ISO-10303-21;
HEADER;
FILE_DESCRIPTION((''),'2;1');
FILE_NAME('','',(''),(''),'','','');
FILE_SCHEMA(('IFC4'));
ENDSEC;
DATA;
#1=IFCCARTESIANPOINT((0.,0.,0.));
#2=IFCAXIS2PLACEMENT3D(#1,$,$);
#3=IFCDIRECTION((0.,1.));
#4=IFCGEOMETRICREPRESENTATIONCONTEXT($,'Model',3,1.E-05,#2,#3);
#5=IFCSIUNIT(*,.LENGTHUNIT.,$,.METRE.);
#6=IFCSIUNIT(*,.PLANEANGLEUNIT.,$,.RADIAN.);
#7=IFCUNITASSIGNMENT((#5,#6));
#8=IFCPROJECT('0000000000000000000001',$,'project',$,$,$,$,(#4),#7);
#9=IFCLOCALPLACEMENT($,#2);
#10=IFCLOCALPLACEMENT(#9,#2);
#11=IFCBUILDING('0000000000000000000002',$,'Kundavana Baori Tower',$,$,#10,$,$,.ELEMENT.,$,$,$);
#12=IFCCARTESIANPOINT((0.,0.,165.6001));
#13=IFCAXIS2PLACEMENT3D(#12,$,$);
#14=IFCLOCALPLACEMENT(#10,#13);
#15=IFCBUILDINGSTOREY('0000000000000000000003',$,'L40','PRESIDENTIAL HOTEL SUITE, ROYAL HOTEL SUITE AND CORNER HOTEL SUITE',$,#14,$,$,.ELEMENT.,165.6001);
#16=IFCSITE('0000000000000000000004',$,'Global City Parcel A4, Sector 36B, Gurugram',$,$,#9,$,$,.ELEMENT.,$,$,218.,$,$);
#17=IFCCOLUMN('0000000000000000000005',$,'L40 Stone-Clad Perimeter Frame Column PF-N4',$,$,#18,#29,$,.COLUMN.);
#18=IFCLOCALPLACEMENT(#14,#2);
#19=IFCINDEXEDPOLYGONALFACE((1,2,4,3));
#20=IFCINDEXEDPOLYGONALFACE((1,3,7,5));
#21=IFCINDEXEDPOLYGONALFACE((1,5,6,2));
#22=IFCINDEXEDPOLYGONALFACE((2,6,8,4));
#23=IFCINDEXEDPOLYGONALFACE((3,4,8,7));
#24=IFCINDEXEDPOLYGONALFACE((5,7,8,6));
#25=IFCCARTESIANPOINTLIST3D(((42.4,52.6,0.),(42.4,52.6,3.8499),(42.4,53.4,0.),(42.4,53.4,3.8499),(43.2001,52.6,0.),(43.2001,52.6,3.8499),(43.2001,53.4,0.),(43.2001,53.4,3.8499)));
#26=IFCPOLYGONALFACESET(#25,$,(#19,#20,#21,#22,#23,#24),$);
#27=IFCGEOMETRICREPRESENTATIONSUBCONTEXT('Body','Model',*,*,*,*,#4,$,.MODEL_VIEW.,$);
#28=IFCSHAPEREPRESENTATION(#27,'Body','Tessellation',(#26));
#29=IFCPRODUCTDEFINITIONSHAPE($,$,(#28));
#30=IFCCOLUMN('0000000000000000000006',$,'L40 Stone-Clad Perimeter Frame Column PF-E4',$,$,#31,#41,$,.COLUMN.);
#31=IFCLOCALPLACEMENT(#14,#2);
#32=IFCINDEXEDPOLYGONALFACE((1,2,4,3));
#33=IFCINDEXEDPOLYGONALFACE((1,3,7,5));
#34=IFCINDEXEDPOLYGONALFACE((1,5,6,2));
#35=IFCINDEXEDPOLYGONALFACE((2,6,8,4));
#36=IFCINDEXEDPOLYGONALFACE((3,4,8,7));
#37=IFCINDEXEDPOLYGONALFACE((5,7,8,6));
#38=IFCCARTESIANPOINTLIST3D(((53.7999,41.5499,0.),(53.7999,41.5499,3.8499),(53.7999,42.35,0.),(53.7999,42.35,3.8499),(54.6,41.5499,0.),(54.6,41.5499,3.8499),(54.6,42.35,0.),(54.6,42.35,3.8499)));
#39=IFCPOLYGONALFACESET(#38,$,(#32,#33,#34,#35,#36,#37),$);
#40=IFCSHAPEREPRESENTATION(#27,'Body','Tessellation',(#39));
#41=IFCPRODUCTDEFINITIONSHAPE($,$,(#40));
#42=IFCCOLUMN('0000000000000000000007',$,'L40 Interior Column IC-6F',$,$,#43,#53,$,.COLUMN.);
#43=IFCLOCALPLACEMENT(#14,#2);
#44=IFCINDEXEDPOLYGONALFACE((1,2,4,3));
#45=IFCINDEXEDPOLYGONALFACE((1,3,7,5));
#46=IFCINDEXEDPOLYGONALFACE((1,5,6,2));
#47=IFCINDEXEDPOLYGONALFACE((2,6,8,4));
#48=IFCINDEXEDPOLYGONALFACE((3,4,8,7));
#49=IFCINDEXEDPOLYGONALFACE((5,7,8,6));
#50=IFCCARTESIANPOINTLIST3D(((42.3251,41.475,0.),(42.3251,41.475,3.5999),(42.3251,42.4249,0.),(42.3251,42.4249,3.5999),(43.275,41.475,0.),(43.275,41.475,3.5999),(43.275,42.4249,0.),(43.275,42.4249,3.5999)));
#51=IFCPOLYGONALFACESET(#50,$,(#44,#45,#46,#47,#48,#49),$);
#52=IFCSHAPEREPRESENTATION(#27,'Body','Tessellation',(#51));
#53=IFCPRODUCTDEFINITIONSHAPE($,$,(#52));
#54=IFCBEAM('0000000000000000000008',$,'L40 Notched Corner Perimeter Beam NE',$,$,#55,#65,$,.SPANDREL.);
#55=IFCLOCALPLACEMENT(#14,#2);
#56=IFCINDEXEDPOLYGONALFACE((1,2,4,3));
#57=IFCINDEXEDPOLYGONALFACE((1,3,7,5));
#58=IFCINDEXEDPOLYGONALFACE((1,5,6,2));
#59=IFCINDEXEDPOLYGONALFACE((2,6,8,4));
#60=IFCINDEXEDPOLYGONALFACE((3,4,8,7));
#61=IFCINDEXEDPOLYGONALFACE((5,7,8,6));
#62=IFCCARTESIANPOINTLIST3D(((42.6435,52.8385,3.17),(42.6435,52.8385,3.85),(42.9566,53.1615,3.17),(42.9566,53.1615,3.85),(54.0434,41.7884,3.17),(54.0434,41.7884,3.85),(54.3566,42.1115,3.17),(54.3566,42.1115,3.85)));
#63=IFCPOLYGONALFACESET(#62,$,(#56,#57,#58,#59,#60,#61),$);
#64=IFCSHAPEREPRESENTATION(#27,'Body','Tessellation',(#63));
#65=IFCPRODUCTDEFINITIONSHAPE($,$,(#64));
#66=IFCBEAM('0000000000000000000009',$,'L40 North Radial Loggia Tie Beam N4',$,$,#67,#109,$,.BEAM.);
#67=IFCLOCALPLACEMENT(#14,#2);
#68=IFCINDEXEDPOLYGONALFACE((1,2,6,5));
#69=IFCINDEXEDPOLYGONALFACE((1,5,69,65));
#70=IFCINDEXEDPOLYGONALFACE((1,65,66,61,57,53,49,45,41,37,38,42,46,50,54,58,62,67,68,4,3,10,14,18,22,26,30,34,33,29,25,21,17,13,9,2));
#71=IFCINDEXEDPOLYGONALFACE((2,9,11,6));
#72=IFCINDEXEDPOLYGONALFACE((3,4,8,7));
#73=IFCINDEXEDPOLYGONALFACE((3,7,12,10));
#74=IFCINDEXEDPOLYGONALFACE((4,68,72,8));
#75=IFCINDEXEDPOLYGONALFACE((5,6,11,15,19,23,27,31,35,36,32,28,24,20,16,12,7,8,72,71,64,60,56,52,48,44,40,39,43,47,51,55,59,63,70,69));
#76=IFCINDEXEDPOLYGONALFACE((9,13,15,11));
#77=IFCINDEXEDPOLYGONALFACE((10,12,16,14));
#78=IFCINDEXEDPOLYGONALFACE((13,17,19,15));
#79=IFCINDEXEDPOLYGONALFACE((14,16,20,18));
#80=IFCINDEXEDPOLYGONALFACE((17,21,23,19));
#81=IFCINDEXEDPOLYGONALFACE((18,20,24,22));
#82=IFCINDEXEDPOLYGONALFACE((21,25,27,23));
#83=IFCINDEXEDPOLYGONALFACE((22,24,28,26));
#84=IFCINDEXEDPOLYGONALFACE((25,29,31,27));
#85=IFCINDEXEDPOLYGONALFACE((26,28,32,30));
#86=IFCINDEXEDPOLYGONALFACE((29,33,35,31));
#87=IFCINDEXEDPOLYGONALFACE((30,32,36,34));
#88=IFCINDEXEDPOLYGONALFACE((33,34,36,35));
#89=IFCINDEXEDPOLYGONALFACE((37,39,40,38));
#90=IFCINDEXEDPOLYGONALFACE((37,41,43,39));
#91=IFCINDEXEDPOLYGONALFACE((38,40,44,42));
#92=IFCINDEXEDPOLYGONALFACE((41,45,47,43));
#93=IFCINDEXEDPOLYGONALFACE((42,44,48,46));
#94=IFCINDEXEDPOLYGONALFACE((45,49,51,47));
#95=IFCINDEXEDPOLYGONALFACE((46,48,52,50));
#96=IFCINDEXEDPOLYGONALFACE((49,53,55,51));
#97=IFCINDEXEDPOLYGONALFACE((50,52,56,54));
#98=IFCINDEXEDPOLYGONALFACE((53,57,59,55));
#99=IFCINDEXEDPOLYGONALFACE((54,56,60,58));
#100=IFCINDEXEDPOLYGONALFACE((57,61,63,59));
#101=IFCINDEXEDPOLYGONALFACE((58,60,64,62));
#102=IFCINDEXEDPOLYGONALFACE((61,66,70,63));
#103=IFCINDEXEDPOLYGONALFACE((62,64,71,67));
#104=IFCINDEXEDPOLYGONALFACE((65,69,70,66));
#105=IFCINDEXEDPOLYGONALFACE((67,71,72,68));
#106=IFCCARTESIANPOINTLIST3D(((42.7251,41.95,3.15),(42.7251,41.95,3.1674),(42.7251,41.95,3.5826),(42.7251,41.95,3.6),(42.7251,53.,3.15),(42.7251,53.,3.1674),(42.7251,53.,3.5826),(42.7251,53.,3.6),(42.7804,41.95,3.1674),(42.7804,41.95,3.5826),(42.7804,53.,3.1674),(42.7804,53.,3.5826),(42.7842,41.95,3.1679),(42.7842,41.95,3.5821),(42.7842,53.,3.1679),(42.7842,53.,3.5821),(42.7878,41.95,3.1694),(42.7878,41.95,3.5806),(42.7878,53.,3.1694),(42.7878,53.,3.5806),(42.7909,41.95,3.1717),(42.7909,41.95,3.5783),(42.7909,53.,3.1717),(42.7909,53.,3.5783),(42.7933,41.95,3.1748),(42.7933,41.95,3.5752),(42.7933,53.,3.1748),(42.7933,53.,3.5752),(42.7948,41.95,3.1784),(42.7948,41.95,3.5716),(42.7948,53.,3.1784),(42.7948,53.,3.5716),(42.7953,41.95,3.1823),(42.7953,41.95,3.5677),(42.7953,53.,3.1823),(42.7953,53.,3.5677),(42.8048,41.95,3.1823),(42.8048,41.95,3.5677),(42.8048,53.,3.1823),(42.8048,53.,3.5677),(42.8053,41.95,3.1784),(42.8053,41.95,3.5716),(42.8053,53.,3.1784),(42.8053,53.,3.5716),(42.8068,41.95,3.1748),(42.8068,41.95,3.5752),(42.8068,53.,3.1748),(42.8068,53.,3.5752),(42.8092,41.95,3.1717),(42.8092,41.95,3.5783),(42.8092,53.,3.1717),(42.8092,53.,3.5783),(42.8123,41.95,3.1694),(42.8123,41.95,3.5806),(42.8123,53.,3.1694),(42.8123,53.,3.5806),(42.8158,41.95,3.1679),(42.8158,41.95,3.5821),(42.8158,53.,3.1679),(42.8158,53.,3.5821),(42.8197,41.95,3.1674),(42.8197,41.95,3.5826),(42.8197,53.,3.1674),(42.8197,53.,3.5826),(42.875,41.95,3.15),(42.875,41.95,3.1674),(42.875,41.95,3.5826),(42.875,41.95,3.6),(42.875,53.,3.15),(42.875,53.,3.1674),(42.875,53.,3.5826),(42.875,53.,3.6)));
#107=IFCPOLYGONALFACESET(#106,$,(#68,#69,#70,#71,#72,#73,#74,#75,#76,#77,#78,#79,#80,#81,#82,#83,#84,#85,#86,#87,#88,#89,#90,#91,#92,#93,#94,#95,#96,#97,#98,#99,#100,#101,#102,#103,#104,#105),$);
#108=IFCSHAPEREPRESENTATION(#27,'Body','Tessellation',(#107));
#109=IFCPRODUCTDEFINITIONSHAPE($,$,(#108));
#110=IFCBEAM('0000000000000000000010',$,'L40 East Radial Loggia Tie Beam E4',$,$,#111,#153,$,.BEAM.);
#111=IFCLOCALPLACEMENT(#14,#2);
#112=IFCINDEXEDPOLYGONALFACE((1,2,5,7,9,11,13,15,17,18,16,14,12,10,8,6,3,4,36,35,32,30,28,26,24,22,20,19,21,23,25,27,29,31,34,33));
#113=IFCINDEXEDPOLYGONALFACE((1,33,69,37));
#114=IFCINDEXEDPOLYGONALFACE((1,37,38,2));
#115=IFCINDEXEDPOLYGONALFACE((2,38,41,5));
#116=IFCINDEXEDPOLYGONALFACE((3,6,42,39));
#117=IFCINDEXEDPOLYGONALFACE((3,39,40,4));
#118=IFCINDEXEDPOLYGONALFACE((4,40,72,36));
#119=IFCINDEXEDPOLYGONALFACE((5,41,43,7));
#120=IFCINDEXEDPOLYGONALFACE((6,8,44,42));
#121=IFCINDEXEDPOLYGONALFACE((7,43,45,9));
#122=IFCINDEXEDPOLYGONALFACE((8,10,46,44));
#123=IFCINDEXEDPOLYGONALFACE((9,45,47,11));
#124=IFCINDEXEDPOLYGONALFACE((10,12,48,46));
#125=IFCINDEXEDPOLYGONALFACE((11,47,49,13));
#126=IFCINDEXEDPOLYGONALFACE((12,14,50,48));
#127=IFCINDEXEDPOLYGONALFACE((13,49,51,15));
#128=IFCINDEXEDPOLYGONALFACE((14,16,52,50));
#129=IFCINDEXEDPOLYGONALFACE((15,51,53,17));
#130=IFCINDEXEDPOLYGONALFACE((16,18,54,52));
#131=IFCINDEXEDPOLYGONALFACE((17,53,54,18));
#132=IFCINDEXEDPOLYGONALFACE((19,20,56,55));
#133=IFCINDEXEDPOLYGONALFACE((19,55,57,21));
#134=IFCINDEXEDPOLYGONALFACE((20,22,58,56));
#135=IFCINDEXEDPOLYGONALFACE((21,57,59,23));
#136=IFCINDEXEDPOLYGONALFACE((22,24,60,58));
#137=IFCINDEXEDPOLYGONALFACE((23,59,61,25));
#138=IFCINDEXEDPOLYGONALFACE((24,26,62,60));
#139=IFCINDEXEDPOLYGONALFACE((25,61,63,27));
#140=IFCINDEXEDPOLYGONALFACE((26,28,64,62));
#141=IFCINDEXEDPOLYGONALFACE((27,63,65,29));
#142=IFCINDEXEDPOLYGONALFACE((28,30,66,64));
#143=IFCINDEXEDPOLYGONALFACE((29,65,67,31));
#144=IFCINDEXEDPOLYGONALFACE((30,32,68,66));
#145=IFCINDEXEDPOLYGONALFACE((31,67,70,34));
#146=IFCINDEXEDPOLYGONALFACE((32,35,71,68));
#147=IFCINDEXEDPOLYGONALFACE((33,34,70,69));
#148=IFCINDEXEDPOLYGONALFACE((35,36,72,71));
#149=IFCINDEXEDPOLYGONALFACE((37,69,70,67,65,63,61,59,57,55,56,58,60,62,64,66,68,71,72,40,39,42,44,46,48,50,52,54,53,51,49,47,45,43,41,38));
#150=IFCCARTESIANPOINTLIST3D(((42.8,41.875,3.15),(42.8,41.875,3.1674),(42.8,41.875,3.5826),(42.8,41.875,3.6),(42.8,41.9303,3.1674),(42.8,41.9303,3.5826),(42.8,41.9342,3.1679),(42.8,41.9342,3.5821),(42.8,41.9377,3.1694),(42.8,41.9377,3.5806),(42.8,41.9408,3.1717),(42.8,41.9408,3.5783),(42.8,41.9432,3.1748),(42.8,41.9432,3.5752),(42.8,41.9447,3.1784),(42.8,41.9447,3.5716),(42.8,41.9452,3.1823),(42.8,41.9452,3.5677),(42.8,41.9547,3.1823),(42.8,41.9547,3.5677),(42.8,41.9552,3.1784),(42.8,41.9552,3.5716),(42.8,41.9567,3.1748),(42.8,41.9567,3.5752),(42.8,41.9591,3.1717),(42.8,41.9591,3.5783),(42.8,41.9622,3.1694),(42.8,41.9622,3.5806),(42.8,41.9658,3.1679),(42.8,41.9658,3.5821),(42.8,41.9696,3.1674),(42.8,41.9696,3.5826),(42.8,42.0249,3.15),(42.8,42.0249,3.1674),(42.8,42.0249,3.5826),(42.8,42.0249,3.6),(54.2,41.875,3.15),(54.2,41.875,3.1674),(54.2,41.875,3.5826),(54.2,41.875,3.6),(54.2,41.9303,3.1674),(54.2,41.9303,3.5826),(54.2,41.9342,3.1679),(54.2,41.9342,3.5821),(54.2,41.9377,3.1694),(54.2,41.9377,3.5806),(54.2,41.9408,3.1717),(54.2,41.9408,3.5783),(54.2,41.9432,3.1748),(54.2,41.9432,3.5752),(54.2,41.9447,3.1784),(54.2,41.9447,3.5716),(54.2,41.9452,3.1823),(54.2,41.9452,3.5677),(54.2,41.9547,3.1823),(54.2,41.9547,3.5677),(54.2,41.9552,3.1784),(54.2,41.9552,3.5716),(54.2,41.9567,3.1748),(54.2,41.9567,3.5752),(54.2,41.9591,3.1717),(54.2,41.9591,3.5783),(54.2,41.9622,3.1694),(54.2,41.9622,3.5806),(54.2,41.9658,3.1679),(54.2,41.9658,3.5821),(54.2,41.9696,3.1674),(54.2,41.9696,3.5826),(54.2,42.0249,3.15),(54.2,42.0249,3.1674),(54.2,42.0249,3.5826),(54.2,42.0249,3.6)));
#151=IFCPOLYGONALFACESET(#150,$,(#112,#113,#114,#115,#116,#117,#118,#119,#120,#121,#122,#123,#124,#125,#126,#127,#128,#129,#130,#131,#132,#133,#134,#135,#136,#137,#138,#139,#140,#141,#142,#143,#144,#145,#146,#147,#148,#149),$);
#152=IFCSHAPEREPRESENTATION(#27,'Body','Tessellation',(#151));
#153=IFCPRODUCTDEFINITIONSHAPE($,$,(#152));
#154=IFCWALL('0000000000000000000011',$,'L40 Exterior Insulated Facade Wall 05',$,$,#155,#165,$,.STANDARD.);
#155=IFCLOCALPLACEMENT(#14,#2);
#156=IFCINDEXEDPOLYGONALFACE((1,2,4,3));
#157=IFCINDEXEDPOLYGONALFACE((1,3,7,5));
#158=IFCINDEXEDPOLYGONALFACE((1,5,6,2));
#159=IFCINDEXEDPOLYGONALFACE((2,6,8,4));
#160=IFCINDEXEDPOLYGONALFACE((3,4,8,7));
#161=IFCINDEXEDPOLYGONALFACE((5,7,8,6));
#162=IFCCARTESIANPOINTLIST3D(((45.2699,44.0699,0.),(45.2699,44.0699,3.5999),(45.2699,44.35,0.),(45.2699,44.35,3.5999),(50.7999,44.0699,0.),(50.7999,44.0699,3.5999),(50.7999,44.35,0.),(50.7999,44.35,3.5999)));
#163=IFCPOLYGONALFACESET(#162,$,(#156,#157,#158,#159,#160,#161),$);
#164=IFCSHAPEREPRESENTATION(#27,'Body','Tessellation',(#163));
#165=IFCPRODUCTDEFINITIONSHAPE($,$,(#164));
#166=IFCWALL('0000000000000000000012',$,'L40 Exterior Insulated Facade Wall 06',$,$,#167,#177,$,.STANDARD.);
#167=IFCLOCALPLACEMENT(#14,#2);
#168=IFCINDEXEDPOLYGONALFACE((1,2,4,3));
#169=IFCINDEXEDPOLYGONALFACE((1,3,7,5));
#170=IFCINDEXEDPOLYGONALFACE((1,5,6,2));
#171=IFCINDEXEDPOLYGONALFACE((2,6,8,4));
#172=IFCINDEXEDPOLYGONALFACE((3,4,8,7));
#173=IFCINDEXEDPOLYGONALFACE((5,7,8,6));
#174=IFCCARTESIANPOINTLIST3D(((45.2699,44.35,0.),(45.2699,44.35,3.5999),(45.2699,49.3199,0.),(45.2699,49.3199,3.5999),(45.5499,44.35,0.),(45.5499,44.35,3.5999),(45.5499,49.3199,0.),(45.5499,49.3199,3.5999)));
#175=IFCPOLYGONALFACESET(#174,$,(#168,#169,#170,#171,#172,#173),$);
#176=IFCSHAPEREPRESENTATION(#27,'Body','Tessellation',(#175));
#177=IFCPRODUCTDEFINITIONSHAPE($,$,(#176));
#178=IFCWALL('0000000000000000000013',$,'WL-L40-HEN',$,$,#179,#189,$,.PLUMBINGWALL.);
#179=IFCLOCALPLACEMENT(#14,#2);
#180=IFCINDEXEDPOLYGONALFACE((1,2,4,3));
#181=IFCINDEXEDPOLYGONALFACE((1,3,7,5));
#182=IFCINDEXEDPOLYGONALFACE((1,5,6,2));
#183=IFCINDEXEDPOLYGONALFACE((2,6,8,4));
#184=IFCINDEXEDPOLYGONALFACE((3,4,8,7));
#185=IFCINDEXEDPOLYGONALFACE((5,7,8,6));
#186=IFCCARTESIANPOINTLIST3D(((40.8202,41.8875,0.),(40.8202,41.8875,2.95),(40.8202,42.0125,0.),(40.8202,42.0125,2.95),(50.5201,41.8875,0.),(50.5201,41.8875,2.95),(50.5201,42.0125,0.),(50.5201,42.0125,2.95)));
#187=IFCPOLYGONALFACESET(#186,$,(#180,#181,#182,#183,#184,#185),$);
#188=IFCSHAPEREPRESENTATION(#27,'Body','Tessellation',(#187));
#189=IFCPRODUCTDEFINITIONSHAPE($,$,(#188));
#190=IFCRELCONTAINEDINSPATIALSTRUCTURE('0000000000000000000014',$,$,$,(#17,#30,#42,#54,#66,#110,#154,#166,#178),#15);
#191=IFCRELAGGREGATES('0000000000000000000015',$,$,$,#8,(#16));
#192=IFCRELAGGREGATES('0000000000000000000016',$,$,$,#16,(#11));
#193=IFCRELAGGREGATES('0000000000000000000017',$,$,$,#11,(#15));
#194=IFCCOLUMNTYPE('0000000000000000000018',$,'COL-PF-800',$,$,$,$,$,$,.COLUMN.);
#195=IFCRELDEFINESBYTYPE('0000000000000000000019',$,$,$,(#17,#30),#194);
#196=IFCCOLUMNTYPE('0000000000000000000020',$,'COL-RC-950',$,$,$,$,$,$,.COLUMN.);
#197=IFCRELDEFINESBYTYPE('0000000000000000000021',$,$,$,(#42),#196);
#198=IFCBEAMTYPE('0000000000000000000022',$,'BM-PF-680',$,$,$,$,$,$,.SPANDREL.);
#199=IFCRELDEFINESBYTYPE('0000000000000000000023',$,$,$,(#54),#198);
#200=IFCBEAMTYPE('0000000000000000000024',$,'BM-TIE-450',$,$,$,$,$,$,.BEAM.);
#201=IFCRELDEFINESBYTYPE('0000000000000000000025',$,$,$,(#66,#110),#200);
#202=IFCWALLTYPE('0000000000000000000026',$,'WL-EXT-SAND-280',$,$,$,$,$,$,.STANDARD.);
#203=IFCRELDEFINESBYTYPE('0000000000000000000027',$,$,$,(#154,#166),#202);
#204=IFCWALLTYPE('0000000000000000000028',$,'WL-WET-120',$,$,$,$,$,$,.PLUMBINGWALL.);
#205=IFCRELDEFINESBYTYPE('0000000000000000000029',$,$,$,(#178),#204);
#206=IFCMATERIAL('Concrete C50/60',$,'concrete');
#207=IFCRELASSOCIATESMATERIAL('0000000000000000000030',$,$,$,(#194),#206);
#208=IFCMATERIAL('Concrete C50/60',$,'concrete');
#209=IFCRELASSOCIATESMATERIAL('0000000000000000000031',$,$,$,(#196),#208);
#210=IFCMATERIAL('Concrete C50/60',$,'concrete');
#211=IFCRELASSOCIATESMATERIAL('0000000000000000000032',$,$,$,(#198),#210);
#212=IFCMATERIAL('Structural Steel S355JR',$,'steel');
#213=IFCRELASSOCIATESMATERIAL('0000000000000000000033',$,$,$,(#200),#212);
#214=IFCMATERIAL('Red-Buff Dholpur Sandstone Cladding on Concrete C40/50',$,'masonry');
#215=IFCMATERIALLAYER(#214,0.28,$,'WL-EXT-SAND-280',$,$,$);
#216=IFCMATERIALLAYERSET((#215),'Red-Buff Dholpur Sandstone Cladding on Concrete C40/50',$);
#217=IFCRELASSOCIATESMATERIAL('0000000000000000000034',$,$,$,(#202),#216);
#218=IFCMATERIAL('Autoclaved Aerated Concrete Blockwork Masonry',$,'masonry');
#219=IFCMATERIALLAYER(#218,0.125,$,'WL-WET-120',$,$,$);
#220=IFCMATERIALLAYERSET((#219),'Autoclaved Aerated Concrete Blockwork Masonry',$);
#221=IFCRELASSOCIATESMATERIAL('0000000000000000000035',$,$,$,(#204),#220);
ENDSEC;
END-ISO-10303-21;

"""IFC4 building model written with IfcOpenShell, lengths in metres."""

from ifc_helpers import new_model, si_unit, direction, frame, frame_2d, origin, origin_2d, place, context, subcontext, project, spatial, rectangle, i_section, extrude, material, layer, layer_set, material_profile, profile_set, type_object, element, save


model = new_model("IFC4")

# Units and contexts
model_context = context("Model", 3, precision=1e-05, world=origin(), true_north=direction((0.0, 1.0)))
body_context = subcontext(model_context, "Body", "Model", "MODEL_VIEW")
ifc_project = project(units=[si_unit("LENGTHUNIT", "METRE"), si_unit("PLANEANGLEUNIT", "RADIAN")], contexts=[model_context])

# Site, building, storey
site_placement = place(None, origin())
site = spatial("IfcSite", under=ifc_project, at=site_placement, Name="Global City Parcel A4, Sector 36B, Gurugram", CompositionType="ELEMENT", RefElevation=218.0)
building_placement = place(site_placement, origin())
building = spatial("IfcBuilding", under=site, at=building_placement, Name="Kundavana Baori Tower", CompositionType="ELEMENT")
storey_placement = place(building_placement, frame((0.0, 0.0, 165.6001)))
storey = spatial("IfcBuildingStorey", under=building, at=storey_placement, Name="L40", Description="PRESIDENTIAL HOTEL SUITE, ROYAL HOTEL SUITE AND CORNER HOTEL SUITE", CompositionType="ELEMENT", Elevation=165.6001)

# Columns
ifc_material_1 = material(Name="Concrete C50/60", Category="concrete")
ifc_material_profile_1 = material_profile(ifc_material_1, rectangle(XDim=0.8, YDim=0.8, at=origin_2d()), Name="RC PF 800x800")
ifc_profile_set_1 = profile_set([ifc_material_profile_1], Name="Concrete C50/60")
column_type_1 = type_object("IfcColumnType", Name="COL-PF-800", PredefinedType="COLUMN", material=ifc_profile_set_1)
for number, where, z_axis, x_axis, name in (
    (1, (42.8, 53.0, 0.0), (0.0, 0.0, 1.0), (1.0, 0.0, 0.0), "L40 Stone-Clad Perimeter Frame Column PF-N4"),
    (2, (54.2, 41.95, 0.0), (0.0, 0.0, 1.0), (1.0, 0.0, 0.0), "L40 Stone-Clad Perimeter Frame Column PF-E4"),
):
    element("IfcColumn", number, at=place(storey_placement, frame(where, z_axis=z_axis, x_axis=x_axis)), inside=storey, type_object=column_type_1, Name=name, PredefinedType="COLUMN", context=body_context, shape_type="SweptSolid", body=[
        extrude(rectangle(XDim=0.8, YDim=0.8, at=origin_2d()), origin(), (0.0, 0.0, 1.0), 3.8499),
    ])
ifc_material_2 = material(Name="Concrete C50/60", Category="concrete")
ifc_material_profile_2 = material_profile(ifc_material_2, rectangle(XDim=0.95, YDim=0.95, at=origin_2d()), Name="RC 950x950")
ifc_profile_set_2 = profile_set([ifc_material_profile_2], Name="Concrete C50/60")
column_type_2 = type_object("IfcColumnType", Name="COL-RC-950", PredefinedType="COLUMN", material=ifc_profile_set_2)
column_placement = place(storey_placement, frame((42.8, 41.95, 0.0), z_axis=(0.0, 0.0, 1.0), x_axis=(1.0, 0.0, 0.0)))
element("IfcColumn", 3, at=column_placement, inside=storey, type_object=column_type_2, Name="L40 Interior Column IC-6F", PredefinedType="COLUMN", context=body_context, shape_type="SweptSolid", body=[
    extrude(rectangle(XDim=0.95, YDim=0.95, at=origin_2d()), origin(), (0.0, 0.0, 1.0), 3.5999),
])

# Beams
ifc_material_3 = material(Name="Concrete C50/60", Category="concrete")
ifc_material_profile_3 = material_profile(ifc_material_3, rectangle(XDim=0.45, YDim=0.6799, at=origin_2d()), Name="RC BM 450x680")
ifc_profile_set_3 = profile_set([ifc_material_profile_3], Name="Concrete C50/60")
beam_type_1 = type_object("IfcBeamType", Name="BM-PF-680", PredefinedType="SPANDREL", material=ifc_profile_set_3)
beam_1_placement = place(storey_placement, frame((42.8, 53.0, 3.51), z_axis=(0.718039, -0.696003, 0.0), x_axis=(0.696003, 0.718039, 0.0)))
element("IfcBeam", 4, at=beam_1_placement, inside=storey, type_object=beam_type_1, Name="L40 Notched Corner Perimeter Beam NE", PredefinedType="SPANDREL", context=body_context, shape_type="SweptSolid", body=[
    extrude(rectangle(XDim=0.45, YDim=0.6799, at=origin_2d()), origin(), (0.0, 0.0, 1.0), 15.8765),
])
ifc_material_4 = material(Name="Structural Steel S355JR", Category="steel")
ifc_material_profile_4 = material_profile(ifc_material_4, i_section(OverallWidth=0.1499, OverallDepth=0.45, WebThickness=0.0095, FlangeThickness=0.0173, FilletRadius=0.0149, at=origin_2d()), Name="ISMB 450")
ifc_profile_set_4 = profile_set([ifc_material_profile_4], Name="Structural Steel S355JR")
beam_type_2 = type_object("IfcBeamType", Name="BM-TIE-450", PredefinedType="BEAM", material=ifc_profile_set_4)
beam_2_placement = place(storey_placement, frame((42.8, 41.95, 3.375), z_axis=(0.0, 1.0, 0.0), x_axis=(-1.0, 0.0, 0.0)))
element("IfcBeam", 5, at=beam_2_placement, inside=storey, type_object=beam_type_2, Name="L40 North Radial Loggia Tie Beam N4", PredefinedType="BEAM", context=body_context, shape_type="SweptSolid", body=[
    extrude(i_section(OverallWidth=0.1499, OverallDepth=0.45, WebThickness=0.0095, FlangeThickness=0.0173, FilletRadius=0.0149, at=origin_2d()), origin(), (0.0, 0.0, 1.0), 11.05),
])
beam_3_placement = place(storey_placement, frame((42.8, 41.95, 3.375), z_axis=(1.0, 0.0, 0.0), x_axis=(0.0, 1.0, 0.0)))
element("IfcBeam", 6, at=beam_3_placement, inside=storey, type_object=beam_type_2, Name="L40 East Radial Loggia Tie Beam E4", PredefinedType="BEAM", context=body_context, shape_type="SweptSolid", body=[
    extrude(i_section(OverallWidth=0.1499, OverallDepth=0.45, WebThickness=0.0095, FlangeThickness=0.0173, FilletRadius=0.0149, at=origin_2d()), origin(), (0.0, 0.0, 1.0), 11.3999),
])

# Walls
ifc_material_5 = material(Name="Red-Buff Dholpur Sandstone Cladding on Concrete C40/50", Category="masonry")
ifc_layer_1 = layer(ifc_material_5, 0.28, Name="WL-EXT-SAND-280")
ifc_layer_set_1 = layer_set([ifc_layer_1], Name="Red-Buff Dholpur Sandstone Cladding on Concrete C40/50")
wall_type_1 = type_object("IfcWallType", Name="WL-EXT-SAND-280", PredefinedType="STANDARD", material=ifc_layer_set_1)
wall_1_placement = place(storey_placement, frame((50.8, 44.21, 0.0), z_axis=(0.0, 0.0, 1.0), x_axis=(-1.0, 0.0, 0.0)))
element("IfcWall", 7, at=wall_1_placement, inside=storey, type_object=wall_type_1, Name="L40 Exterior Insulated Facade Wall 05", PredefinedType="STANDARD", context=body_context, shape_type="SweptSolid", body=[
    extrude(rectangle(XDim=5.53, YDim=0.28, at=frame_2d((2.7651, 0.0))), origin(), (0.0, 0.0, 1.0), 3.5999),
])
wall_2_placement = place(storey_placement, frame((45.4099, 44.3501, 0.0), z_axis=(0.0, 0.0, 1.0), x_axis=(0.0, 1.0, 0.0)))
element("IfcWall", 8, at=wall_2_placement, inside=storey, type_object=wall_type_1, Name="L40 Exterior Insulated Facade Wall 06", PredefinedType="STANDARD", context=body_context, shape_type="SweptSolid", body=[
    extrude(rectangle(XDim=4.97, YDim=0.28, at=frame_2d((2.4849, 0.0))), origin(), (0.0, 0.0, 1.0), 3.5999),
])

# Wall
ifc_material_6 = material(Name="Autoclaved Aerated Concrete Blockwork Masonry", Category="masonry")
ifc_layer_2 = layer(ifc_material_6, 0.125, Name="WL-WET-120")
ifc_layer_set_2 = layer_set([ifc_layer_2], Name="Autoclaved Aerated Concrete Blockwork Masonry")
wall_type_2 = type_object("IfcWallType", Name="WL-WET-120", PredefinedType="PLUMBINGWALL", material=ifc_layer_set_2)
wall_3_placement = place(storey_placement, frame((40.8201, 41.95, 0.0), z_axis=(0.0, 0.0, 1.0), x_axis=(1.0, 0.0, 0.0)))
element("IfcWall", 9, at=wall_3_placement, inside=storey, type_object=wall_type_2, Name="WL-L40-HEN", PredefinedType="PLUMBINGWALL", context=body_context, shape_type="SweptSolid", body=[
    extrude(rectangle(XDim=9.7, YDim=0.125, at=frame_2d((4.8501, 0.0))), origin(), (0.0, 0.0, 1.0), 2.95),
])

save(model, "model.ifc")
